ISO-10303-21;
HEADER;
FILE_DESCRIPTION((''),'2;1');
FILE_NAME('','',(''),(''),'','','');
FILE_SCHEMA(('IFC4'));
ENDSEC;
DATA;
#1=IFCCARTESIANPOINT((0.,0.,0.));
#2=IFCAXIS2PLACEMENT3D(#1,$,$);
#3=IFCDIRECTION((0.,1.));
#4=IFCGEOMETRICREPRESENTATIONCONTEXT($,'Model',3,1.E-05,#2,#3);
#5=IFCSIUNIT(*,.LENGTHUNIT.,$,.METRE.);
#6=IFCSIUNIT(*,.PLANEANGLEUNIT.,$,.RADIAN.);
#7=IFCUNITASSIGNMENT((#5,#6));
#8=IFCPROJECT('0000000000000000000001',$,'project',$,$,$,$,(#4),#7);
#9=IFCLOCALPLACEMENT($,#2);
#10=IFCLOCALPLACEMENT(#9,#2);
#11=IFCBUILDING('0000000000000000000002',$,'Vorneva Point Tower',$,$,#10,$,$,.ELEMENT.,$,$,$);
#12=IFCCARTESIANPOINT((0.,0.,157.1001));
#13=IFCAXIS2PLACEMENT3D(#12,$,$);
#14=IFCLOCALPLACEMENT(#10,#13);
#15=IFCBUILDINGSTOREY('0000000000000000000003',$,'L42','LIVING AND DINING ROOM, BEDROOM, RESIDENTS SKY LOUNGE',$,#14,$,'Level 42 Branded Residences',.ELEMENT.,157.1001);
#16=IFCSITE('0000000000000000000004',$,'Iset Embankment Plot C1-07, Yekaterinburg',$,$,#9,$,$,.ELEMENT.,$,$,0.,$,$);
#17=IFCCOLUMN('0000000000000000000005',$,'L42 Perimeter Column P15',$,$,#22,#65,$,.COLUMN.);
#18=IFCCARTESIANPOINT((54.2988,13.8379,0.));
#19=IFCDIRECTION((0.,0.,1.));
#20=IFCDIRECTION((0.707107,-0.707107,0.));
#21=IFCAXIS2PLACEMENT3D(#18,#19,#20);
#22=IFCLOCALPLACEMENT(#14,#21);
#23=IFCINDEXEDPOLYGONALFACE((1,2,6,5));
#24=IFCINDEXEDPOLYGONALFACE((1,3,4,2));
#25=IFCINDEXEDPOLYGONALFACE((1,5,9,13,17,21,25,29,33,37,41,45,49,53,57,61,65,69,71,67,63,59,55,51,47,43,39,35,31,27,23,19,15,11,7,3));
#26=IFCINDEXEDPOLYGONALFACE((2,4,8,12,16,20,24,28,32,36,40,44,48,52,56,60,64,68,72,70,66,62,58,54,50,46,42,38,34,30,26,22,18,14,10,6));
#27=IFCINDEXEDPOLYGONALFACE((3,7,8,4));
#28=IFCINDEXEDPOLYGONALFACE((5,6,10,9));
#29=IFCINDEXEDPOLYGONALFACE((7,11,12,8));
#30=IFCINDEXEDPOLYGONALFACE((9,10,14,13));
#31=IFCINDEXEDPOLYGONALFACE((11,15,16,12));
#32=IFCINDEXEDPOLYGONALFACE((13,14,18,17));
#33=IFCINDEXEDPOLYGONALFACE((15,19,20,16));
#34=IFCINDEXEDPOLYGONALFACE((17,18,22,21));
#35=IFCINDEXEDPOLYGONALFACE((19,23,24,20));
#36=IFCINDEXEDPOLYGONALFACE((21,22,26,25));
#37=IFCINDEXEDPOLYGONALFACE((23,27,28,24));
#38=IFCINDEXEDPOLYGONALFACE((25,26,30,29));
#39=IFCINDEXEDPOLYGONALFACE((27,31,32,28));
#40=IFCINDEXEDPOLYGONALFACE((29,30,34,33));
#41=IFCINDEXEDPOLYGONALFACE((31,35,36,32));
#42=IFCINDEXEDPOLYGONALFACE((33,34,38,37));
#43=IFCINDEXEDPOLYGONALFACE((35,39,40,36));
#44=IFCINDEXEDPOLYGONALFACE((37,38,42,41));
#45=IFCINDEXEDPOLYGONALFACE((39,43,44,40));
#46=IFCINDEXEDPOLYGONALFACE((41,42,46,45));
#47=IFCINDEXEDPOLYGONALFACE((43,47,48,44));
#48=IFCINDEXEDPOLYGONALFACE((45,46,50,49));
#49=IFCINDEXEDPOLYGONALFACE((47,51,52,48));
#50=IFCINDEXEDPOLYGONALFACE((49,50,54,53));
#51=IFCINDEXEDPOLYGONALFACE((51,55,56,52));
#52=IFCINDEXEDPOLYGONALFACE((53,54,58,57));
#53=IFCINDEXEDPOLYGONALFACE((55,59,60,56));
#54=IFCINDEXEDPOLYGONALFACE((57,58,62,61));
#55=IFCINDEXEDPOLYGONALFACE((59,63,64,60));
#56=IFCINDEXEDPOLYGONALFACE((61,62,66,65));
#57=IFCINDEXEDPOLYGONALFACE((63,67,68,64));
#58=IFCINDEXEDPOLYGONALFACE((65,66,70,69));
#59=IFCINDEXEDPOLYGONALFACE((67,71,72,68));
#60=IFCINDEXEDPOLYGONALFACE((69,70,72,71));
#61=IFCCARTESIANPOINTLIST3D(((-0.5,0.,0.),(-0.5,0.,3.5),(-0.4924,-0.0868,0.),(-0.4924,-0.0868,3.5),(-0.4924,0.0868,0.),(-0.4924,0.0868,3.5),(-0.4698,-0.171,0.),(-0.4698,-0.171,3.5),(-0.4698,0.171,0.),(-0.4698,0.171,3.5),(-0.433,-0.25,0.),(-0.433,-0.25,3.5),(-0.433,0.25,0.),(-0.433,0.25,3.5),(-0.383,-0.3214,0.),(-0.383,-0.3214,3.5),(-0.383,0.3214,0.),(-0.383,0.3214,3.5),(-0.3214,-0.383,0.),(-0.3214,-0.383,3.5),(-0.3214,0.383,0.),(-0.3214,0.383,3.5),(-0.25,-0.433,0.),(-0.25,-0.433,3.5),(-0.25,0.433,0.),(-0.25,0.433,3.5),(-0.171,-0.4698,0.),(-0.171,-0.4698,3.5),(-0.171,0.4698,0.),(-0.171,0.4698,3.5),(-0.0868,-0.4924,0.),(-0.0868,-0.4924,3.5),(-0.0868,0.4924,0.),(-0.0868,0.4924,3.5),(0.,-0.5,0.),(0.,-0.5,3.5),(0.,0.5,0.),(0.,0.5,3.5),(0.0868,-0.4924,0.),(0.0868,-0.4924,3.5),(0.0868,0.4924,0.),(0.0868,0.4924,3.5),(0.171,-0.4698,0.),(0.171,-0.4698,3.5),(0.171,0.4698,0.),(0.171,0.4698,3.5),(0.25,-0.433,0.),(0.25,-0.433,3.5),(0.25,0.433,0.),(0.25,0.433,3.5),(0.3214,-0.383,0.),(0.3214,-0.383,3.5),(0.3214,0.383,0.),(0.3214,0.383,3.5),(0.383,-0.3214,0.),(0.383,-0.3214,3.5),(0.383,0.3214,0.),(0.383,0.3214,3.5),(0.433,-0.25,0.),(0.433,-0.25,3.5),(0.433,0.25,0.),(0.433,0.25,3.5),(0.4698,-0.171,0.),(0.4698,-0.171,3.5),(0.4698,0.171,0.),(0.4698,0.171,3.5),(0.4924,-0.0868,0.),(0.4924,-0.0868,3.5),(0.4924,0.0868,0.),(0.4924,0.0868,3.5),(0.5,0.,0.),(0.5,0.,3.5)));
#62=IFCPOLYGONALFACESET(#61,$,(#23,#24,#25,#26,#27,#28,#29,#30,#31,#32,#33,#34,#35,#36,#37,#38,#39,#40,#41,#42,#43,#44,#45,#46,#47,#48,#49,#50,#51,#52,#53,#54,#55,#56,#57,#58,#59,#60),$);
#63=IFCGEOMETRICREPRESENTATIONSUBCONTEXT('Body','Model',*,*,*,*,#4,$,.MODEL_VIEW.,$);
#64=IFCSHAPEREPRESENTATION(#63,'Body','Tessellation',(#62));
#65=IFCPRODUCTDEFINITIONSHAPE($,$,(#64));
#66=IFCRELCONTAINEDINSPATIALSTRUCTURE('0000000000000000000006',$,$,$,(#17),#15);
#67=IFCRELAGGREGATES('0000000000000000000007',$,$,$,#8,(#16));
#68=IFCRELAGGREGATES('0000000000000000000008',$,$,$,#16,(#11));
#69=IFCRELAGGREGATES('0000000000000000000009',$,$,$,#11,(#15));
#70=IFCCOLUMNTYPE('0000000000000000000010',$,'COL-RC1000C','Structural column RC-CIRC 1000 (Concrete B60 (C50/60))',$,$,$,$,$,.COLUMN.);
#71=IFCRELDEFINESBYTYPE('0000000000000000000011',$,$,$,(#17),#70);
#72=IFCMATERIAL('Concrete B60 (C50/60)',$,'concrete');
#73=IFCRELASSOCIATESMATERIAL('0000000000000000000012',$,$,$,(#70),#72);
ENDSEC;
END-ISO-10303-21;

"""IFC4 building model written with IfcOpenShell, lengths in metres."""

from ifc_helpers import new_model, si_unit, direction, frame, origin, origin_2d, place, context, subcontext, project, spatial, circle, extrude, material, material_profile, profile_set, type_object, element, save


model = new_model("IFC4")

# Units and contexts
model_context = context("Model", 3, precision=1e-05, world=origin(), true_north=direction((0.0, 1.0)))
body_context = subcontext(model_context, "Body", "Model", "MODEL_VIEW")
ifc_project = project(units=[si_unit("LENGTHUNIT", "METRE"), si_unit("PLANEANGLEUNIT", "RADIAN")], contexts=[model_context])

# Site, building, storey
site_placement = place(None, origin())
site = spatial("IfcSite", under=ifc_project, at=site_placement, Name="Iset Embankment Plot C1-07, Yekaterinburg", CompositionType="ELEMENT", RefElevation=0.0)
building_placement = place(site_placement, origin())
building = spatial("IfcBuilding", under=site, at=building_placement, Name="Vorneva Point Tower", CompositionType="ELEMENT")
storey_placement = place(building_placement, frame((0.0, 0.0, 157.1001)))
storey = spatial("IfcBuildingStorey", under=building, at=storey_placement, Name="L42", Description="LIVING AND DINING ROOM, BEDROOM, RESIDENTS SKY LOUNGE", LongName="Level 42 Branded Residences", CompositionType="ELEMENT", Elevation=157.1001)

# Column
ifc_material_1 = material(Name="Concrete B60 (C50/60)", Category="concrete")
ifc_material_profile_1 = material_profile(ifc_material_1, circle(Radius=0.5, at=origin_2d()), Name="RC-CIRC 1000")
ifc_profile_set_1 = profile_set([ifc_material_profile_1], Name="Concrete B60 (C50/60)")
column_type_1 = type_object("IfcColumnType", Name="COL-RC1000C", Description="Structural column RC-CIRC 1000 (Concrete B60 (C50/60))", PredefinedType="COLUMN", material=ifc_profile_set_1)
column_1_placement = place(storey_placement, frame((54.2988, 13.8379, 0.0), z_axis=(0.0, 0.0, 1.0), x_axis=(0.707107, -0.707107, 0.0)))
element("IfcColumn", 1, at=column_1_placement, inside=storey, type_object=column_type_1, Name="L42 Perimeter Column P15", PredefinedType="COLUMN", context=body_context, shape_type="SweptSolid", body=[
    extrude(circle(Radius=0.5, at=origin_2d()), origin(), (0.0, 0.0, 1.0), 3.5),
])

save(model, "model.ifc")
